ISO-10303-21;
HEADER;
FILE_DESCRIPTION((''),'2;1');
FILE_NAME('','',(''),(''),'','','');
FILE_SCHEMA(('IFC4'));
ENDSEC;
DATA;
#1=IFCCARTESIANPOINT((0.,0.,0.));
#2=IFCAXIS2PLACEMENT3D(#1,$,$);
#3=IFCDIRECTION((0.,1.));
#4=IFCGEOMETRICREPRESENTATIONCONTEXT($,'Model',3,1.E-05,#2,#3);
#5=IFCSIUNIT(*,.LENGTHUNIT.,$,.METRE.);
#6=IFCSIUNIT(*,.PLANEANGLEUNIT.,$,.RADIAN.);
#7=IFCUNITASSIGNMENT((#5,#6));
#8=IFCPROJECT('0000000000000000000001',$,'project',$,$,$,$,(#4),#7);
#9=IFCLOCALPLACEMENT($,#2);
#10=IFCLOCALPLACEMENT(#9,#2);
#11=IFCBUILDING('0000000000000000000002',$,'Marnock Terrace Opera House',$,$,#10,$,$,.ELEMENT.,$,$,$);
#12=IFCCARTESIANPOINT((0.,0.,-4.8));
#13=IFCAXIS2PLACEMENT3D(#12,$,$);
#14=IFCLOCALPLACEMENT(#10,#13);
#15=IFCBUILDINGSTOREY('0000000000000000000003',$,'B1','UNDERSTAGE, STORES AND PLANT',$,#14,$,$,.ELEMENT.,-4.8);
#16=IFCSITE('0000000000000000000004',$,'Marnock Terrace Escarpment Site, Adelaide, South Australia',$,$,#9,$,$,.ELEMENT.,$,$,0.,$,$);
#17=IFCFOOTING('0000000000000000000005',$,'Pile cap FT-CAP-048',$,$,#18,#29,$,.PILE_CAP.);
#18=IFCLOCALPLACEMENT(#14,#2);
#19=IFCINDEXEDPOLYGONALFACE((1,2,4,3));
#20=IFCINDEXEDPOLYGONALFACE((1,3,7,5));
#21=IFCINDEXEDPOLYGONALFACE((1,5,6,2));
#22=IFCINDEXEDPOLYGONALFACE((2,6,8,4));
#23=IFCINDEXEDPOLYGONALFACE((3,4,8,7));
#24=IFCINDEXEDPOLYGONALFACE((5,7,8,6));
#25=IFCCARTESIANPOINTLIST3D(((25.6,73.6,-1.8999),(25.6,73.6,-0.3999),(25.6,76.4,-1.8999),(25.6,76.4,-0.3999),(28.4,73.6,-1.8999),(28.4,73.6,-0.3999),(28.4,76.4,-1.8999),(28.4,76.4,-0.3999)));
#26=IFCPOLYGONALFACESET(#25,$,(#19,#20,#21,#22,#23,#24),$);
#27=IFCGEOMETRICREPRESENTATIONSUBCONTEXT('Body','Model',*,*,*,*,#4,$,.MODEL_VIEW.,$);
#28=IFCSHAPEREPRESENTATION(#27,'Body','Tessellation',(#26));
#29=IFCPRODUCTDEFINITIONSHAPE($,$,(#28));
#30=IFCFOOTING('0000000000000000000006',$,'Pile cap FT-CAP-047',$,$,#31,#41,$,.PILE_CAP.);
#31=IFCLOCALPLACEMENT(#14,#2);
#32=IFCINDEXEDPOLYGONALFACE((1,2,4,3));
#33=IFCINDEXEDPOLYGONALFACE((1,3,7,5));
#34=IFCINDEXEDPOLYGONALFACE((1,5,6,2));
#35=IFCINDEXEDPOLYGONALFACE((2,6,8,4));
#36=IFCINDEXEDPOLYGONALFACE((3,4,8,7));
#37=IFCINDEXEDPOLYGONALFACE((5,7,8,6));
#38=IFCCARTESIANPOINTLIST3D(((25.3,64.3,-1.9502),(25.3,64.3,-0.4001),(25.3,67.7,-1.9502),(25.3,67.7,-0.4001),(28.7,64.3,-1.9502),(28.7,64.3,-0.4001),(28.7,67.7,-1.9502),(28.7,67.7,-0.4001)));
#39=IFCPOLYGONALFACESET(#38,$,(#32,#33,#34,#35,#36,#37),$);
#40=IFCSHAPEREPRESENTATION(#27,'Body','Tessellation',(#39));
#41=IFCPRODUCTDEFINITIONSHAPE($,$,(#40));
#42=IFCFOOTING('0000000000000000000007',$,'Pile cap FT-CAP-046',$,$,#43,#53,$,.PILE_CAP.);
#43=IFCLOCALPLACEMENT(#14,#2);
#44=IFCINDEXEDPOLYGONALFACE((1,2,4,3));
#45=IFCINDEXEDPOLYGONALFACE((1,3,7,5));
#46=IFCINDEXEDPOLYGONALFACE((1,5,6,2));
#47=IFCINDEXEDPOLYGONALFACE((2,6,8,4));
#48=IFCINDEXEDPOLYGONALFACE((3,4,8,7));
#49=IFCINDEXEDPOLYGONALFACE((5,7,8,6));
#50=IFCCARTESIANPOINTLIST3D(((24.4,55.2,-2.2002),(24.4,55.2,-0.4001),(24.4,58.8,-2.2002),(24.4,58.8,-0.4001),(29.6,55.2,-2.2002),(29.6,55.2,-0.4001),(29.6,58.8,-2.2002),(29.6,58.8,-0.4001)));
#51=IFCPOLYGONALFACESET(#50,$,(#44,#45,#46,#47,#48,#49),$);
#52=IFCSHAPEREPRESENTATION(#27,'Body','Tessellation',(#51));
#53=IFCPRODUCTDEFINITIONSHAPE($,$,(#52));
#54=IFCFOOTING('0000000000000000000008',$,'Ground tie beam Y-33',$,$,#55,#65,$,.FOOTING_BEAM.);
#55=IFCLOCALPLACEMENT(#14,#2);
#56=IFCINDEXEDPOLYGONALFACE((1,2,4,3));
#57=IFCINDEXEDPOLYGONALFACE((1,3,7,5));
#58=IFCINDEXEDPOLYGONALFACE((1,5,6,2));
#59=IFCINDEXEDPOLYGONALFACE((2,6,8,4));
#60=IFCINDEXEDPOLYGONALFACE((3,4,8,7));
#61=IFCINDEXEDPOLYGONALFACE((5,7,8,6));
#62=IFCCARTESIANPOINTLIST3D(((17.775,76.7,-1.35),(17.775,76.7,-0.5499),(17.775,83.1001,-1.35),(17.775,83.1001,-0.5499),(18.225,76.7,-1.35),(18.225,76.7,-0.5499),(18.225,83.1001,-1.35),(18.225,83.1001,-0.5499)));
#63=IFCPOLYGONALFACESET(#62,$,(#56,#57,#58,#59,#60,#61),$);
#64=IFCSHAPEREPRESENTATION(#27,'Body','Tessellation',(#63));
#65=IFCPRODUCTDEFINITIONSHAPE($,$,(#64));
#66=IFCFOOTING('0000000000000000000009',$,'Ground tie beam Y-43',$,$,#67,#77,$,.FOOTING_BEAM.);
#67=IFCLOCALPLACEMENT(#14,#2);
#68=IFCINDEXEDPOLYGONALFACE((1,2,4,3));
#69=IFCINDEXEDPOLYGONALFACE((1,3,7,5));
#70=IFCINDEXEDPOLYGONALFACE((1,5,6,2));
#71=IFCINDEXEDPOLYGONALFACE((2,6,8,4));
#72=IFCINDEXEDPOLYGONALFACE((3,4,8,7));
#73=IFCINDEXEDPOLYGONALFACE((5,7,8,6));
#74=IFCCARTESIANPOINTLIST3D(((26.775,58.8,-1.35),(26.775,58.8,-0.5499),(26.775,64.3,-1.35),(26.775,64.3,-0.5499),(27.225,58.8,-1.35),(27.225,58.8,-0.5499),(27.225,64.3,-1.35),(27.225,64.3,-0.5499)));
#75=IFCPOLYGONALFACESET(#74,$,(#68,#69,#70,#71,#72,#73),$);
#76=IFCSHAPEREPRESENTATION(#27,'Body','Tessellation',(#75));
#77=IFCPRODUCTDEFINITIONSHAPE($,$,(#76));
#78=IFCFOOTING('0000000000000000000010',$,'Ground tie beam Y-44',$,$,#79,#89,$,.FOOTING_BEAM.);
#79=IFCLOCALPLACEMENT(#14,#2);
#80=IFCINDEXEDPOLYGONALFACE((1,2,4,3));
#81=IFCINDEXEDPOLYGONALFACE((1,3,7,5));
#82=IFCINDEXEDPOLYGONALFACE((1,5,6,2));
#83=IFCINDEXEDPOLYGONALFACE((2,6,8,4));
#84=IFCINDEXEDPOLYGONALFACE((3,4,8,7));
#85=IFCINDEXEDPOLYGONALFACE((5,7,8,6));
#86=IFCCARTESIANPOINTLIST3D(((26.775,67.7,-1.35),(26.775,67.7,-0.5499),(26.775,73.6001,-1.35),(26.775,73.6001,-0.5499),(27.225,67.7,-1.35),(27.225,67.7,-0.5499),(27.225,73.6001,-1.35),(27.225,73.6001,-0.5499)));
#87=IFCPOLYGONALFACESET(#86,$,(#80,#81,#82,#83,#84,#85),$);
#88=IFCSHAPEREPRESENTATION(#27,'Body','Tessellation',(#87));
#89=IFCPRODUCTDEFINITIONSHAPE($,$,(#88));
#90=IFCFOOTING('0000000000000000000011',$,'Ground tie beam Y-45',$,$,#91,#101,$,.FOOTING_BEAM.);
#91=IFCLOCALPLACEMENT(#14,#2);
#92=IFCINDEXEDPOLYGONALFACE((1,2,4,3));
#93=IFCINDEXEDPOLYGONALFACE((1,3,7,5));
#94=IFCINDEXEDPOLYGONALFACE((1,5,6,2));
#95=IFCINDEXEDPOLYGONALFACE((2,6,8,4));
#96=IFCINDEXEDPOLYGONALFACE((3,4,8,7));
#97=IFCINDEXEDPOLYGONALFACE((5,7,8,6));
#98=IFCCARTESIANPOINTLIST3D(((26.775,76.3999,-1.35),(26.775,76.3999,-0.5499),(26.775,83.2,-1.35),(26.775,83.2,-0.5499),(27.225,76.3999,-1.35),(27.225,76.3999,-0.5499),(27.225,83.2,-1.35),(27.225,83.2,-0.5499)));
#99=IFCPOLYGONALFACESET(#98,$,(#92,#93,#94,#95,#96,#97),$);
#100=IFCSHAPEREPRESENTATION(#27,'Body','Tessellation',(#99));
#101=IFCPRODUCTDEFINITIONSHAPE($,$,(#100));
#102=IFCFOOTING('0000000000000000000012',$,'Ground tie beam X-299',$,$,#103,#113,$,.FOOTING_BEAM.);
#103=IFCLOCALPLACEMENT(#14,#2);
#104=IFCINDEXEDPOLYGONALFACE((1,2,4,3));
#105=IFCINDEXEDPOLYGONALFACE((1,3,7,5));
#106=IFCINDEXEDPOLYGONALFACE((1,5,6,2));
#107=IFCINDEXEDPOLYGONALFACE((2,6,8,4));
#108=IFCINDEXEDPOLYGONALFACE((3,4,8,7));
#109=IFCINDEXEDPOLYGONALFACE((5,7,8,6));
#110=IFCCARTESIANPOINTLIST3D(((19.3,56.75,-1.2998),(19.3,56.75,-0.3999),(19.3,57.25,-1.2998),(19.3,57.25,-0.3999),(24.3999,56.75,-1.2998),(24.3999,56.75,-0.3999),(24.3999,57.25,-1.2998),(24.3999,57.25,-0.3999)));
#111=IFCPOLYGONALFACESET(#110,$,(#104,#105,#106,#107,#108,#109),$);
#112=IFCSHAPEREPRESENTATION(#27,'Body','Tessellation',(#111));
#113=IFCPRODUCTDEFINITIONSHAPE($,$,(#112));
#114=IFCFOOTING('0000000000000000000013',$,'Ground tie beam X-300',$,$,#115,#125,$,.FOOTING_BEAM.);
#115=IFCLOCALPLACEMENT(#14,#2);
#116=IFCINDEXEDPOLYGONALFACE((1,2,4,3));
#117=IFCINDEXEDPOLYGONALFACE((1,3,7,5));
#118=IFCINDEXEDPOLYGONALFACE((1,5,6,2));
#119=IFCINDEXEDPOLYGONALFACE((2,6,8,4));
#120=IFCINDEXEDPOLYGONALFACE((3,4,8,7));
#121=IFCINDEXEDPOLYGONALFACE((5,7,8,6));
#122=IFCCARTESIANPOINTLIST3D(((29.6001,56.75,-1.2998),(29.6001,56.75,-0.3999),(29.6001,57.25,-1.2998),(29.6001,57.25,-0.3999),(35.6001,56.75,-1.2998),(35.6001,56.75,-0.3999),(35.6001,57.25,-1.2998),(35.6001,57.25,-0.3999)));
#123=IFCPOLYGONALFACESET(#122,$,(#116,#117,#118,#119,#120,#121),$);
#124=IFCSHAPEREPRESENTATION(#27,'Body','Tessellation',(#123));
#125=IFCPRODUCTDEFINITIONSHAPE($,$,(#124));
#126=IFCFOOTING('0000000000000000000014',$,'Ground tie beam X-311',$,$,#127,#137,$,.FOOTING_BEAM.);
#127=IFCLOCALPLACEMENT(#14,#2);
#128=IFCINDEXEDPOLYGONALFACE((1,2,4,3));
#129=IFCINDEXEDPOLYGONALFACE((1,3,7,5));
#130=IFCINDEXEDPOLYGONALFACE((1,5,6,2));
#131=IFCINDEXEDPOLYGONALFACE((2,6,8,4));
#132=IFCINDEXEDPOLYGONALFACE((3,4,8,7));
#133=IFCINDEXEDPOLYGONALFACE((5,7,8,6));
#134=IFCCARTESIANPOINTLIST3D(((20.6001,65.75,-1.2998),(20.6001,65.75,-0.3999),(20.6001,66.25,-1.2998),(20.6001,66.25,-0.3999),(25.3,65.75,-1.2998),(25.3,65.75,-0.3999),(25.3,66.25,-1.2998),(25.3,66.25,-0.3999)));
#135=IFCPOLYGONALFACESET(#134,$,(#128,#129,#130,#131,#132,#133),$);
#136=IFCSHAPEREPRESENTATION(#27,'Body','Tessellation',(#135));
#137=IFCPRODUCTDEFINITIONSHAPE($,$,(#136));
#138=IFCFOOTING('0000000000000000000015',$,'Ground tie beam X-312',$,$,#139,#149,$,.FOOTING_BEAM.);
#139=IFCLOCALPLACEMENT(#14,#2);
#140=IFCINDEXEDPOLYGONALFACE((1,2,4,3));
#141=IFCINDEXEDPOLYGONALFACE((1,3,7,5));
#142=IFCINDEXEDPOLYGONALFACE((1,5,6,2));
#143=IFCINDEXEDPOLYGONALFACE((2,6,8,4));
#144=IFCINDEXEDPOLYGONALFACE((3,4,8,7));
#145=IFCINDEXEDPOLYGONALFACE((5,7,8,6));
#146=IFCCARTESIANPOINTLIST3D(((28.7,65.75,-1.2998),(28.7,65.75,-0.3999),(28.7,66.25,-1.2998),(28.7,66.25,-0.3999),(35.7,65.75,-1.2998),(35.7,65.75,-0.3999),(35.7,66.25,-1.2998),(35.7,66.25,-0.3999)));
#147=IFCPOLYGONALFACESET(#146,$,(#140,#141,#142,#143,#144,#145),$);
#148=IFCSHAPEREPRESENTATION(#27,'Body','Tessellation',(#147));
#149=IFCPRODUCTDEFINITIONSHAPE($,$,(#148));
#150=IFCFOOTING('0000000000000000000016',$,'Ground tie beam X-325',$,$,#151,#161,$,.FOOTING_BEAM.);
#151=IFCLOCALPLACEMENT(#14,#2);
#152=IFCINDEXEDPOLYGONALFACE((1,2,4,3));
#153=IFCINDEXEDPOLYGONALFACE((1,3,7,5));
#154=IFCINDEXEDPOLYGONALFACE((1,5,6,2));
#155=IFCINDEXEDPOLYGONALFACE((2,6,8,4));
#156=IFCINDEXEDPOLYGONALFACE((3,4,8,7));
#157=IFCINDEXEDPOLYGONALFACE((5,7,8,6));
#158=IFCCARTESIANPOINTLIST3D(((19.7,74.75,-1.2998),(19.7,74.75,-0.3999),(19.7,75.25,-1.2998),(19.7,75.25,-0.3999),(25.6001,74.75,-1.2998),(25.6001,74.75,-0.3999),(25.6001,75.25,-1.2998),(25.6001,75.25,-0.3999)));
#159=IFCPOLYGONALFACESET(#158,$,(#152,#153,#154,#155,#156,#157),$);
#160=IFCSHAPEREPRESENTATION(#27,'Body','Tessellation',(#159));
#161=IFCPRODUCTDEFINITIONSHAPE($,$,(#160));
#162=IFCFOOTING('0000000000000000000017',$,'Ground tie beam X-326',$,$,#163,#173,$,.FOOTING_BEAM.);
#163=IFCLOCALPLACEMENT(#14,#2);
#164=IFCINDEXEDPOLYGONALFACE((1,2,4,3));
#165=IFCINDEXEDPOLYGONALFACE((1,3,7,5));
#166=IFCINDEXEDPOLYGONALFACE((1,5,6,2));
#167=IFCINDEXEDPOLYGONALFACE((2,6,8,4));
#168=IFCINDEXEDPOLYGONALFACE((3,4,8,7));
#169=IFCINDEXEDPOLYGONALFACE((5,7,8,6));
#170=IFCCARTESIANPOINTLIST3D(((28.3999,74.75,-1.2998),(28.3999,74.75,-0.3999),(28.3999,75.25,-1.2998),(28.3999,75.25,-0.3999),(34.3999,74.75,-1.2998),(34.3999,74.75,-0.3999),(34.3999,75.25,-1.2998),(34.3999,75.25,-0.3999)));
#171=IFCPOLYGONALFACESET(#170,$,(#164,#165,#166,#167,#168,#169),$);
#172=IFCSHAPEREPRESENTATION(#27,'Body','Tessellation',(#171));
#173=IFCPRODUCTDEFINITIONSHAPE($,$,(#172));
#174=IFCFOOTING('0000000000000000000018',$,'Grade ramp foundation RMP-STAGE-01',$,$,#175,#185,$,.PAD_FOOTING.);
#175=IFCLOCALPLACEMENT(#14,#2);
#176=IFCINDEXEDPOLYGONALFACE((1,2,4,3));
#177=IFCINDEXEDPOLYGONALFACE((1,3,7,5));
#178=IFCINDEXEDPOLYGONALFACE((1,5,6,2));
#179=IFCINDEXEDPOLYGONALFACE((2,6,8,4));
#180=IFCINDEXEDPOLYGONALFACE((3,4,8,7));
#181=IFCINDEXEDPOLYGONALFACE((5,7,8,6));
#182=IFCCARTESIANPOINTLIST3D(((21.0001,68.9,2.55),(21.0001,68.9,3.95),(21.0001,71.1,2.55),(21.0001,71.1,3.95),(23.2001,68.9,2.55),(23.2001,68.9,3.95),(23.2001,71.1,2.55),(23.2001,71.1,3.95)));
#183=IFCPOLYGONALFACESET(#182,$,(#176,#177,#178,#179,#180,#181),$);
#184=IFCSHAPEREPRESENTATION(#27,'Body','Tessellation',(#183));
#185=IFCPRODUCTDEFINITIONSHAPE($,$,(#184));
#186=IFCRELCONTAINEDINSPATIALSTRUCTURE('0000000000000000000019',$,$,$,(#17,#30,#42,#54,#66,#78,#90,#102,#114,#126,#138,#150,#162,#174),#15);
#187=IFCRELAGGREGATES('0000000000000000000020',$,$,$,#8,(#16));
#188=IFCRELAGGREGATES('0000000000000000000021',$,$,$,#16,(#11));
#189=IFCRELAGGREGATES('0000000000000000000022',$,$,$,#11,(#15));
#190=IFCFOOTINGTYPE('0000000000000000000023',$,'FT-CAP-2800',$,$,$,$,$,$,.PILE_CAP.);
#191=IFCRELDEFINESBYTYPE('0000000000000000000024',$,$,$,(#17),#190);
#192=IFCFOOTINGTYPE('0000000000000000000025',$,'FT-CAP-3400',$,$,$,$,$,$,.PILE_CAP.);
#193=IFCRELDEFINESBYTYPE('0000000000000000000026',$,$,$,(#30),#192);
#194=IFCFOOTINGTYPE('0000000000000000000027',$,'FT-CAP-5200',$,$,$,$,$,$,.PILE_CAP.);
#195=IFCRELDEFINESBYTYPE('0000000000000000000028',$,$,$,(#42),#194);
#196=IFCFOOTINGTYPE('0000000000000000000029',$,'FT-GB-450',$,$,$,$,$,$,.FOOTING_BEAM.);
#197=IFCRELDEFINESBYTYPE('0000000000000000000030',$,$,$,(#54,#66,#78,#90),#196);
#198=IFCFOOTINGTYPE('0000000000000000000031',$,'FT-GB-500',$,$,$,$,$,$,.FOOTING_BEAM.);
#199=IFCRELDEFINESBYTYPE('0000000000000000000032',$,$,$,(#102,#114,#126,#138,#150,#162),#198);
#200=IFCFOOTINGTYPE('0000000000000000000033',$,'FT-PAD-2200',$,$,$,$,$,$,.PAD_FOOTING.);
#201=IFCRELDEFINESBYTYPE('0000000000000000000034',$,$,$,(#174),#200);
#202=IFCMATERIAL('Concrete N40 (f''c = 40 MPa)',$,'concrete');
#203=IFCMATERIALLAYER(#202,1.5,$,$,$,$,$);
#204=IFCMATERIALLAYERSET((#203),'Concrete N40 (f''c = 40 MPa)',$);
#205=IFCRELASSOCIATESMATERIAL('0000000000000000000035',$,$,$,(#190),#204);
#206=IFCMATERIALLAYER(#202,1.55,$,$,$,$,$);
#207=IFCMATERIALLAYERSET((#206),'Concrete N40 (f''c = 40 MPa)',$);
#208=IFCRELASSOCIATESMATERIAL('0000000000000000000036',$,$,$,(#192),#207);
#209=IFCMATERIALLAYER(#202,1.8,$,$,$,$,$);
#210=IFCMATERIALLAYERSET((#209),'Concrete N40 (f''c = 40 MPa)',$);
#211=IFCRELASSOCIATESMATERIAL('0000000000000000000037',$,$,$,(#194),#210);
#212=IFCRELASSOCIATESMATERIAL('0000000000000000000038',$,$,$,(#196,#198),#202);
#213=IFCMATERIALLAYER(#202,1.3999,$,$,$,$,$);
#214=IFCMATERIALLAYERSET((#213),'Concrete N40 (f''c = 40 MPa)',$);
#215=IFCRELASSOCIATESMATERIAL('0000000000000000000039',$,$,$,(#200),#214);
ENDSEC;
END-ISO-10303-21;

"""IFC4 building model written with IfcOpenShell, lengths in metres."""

from ifc_helpers import new_model, si_unit, direction, frame, origin, origin_2d, place, context, subcontext, project, spatial, rectangle, extrude, material, layer, layer_set, material_profile, profile_set, type_object, element, save


model = new_model("IFC4")

# Units and contexts
model_context = context("Model", 3, precision=1e-05, world=origin(), true_north=direction((0.0, 1.0)))
body_context = subcontext(model_context, "Body", "Model", "MODEL_VIEW")
ifc_project = project(units=[si_unit("LENGTHUNIT", "METRE"), si_unit("PLANEANGLEUNIT", "RADIAN")], contexts=[model_context])

# Site, building, storey
site_placement = place(None, origin())
site = spatial("IfcSite", under=ifc_project, at=site_placement, Name="Marnock Terrace Escarpment Site, Adelaide, South Australia", CompositionType="ELEMENT", RefElevation=0.0)
building_placement = place(site_placement, origin())
building = spatial("IfcBuilding", under=site, at=building_placement, Name="Marnock Terrace Opera House", CompositionType="ELEMENT")
storey_placement = place(building_placement, frame((0.0, 0.0, -4.8)))
storey = spatial("IfcBuildingStorey", under=building, at=storey_placement, Name="B1", Description="UNDERSTAGE, STORES AND PLANT", CompositionType="ELEMENT", Elevation=-4.8)

# Footings
ifc_material_1 = material(Name="Concrete N40 (f'c = 40 MPa)", Category="concrete")
ifc_layer_1 = layer(ifc_material_1, 1.5)
ifc_layer_set_1 = layer_set([ifc_layer_1], Name="Concrete N40 (f'c = 40 MPa)")
footing_type_1 = type_object("IfcFootingType", Name="FT-CAP-2800", PredefinedType="PILE_CAP", material=ifc_layer_set_1)
footing_1_placement = place(storey_placement, frame((27.0, 75.0, -1.8999), z_axis=(0.0, 0.0, 1.0), x_axis=(1.0, 0.0, 0.0)))
element("IfcFooting", 1, at=footing_1_placement, inside=storey, type_object=footing_type_1, Name="Pile cap FT-CAP-048", PredefinedType="PILE_CAP", context=body_context, shape_type="SweptSolid", body=[
    extrude(rectangle(XDim=2.8, YDim=2.8, at=origin_2d()), origin(), (0.0, 0.0, 1.0), 1.5),
])
ifc_layer_2 = layer(ifc_material_1, 1.55)
ifc_layer_set_2 = layer_set([ifc_layer_2], Name="Concrete N40 (f'c = 40 MPa)")
footing_type_2 = type_object("IfcFootingType", Name="FT-CAP-3400", PredefinedType="PILE_CAP", material=ifc_layer_set_2)
footing_2_placement = place(storey_placement, frame((27.0, 66.0, -1.9502), z_axis=(0.0, 0.0, 1.0), x_axis=(1.0, 0.0, 0.0)))
element("IfcFooting", 2, at=footing_2_placement, inside=storey, type_object=footing_type_2, Name="Pile cap FT-CAP-047", PredefinedType="PILE_CAP", context=body_context, shape_type="SweptSolid", body=[
    extrude(rectangle(XDim=3.3999, YDim=3.3999, at=origin_2d()), origin(), (0.0, 0.0, 1.0), 1.55),
])
ifc_layer_3 = layer(ifc_material_1, 1.8)
ifc_layer_set_3 = layer_set([ifc_layer_3], Name="Concrete N40 (f'c = 40 MPa)")
footing_type_3 = type_object("IfcFootingType", Name="FT-CAP-5200", PredefinedType="PILE_CAP", material=ifc_layer_set_3)
footing_3_placement = place(storey_placement, frame((27.0, 57.0, -2.2002), z_axis=(0.0, 0.0, 1.0), x_axis=(1.0, 0.0, 0.0)))
element("IfcFooting", 3, at=footing_3_placement, inside=storey, type_object=footing_type_3, Name="Pile cap FT-CAP-046", PredefinedType="PILE_CAP", context=body_context, shape_type="SweptSolid", body=[
    extrude(rectangle(XDim=5.2, YDim=3.6001, at=origin_2d()), origin(), (0.0, 0.0, 1.0), 1.8),
])
ifc_material_profile_1 = material_profile(ifc_material_1, rectangle(XDim=0.45, YDim=0.8, at=origin_2d()))
ifc_profile_set_1 = profile_set([ifc_material_profile_1], Name="Concrete N40 (f'c = 40 MPa)")
footing_type_4 = type_object("IfcFootingType", Name="FT-GB-450", PredefinedType="FOOTING_BEAM", material=ifc_profile_set_1)
footing_4_placement = place(storey_placement, frame((18.0, 76.7, -0.95), z_axis=(0.0, 1.0, 0.0), x_axis=(-1.0, 0.0, 0.0)))
element("IfcFooting", 4, at=footing_4_placement, inside=storey, type_object=footing_type_4, Name="Ground tie beam Y-33", PredefinedType="FOOTING_BEAM", context=body_context, shape_type="SweptSolid", body=[
    extrude(rectangle(XDim=0.45, YDim=0.8, at=origin_2d()), origin(), (0.0, 0.0, 1.0), 6.4001),
])
footing_5_placement = place(storey_placement, frame((27.0, 58.8, -0.95), z_axis=(0.0, 1.0, 0.0), x_axis=(-1.0, 0.0, 0.0)))
element("IfcFooting", 5, at=footing_5_placement, inside=storey, type_object=footing_type_4, Name="Ground tie beam Y-43", PredefinedType="FOOTING_BEAM", context=body_context, shape_type="SweptSolid", body=[
    extrude(rectangle(XDim=0.45, YDim=0.8, at=origin_2d()), origin(), (0.0, 0.0, 1.0), 5.5),
])
footing_6_placement = place(storey_placement, frame((27.0, 67.7, -0.95), z_axis=(0.0, 1.0, 0.0), x_axis=(-1.0, 0.0, 0.0)))
element("IfcFooting", 6, at=footing_6_placement, inside=storey, type_object=footing_type_4, Name="Ground tie beam Y-44", PredefinedType="FOOTING_BEAM", context=body_context, shape_type="SweptSolid", body=[
    extrude(rectangle(XDim=0.45, YDim=0.8, at=origin_2d()), origin(), (0.0, 0.0, 1.0), 5.9001),
])
footing_7_placement = place(storey_placement, frame((27.0, 76.3999, -0.95), z_axis=(0.0, 1.0, 0.0), x_axis=(-1.0, 0.0, 0.0)))
element("IfcFooting", 7, at=footing_7_placement, inside=storey, type_object=footing_type_4, Name="Ground tie beam Y-45", PredefinedType="FOOTING_BEAM", context=body_context, shape_type="SweptSolid", body=[
    extrude(rectangle(XDim=0.45, YDim=0.8, at=origin_2d()), origin(), (0.0, 0.0, 1.0), 6.8),
])
ifc_material_profile_2 = material_profile(ifc_material_1, rectangle(XDim=0.5, YDim=0.8999, at=origin_2d()))
ifc_profile_set_2 = profile_set([ifc_material_profile_2], Name="Concrete N40 (f'c = 40 MPa)")
footing_type_5 = type_object("IfcFootingType", Name="FT-GB-500", PredefinedType="FOOTING_BEAM", material=ifc_profile_set_2)
footing_8_placement = place(storey_placement, frame((19.3, 57.0, -0.8499), z_axis=(1.0, 0.0, 0.0), x_axis=(0.0, 1.0, 0.0)))
element("IfcFooting", 8, at=footing_8_placement, inside=storey, type_object=footing_type_5, Name="Ground tie beam X-299", PredefinedType="FOOTING_BEAM", context=body_context, shape_type="SweptSolid", body=[
    extrude(rectangle(XDim=0.5, YDim=0.8999, at=origin_2d()), origin(), (0.0, 0.0, 1.0), 5.0999),
])
footing_9_placement = place(storey_placement, frame((29.6001, 57.0, -0.8499), z_axis=(1.0, 0.0, 0.0), x_axis=(0.0, 1.0, 0.0)))
element("IfcFooting", 9, at=footing_9_placement, inside=storey, type_object=footing_type_5, Name="Ground tie beam X-300", PredefinedType="FOOTING_BEAM", context=body_context, shape_type="SweptSolid", body=[
    extrude(rectangle(XDim=0.5, YDim=0.8999, at=origin_2d()), origin(), (0.0, 0.0, 1.0), 6.0),
])
footing_10_placement = place(storey_placement, frame((20.6001, 66.0, -0.8499), z_axis=(1.0, 0.0, 0.0), x_axis=(0.0, 1.0, 0.0)))
element("IfcFooting", 10, at=footing_10_placement, inside=storey, type_object=footing_type_5, Name="Ground tie beam X-311", PredefinedType="FOOTING_BEAM", context=body_context, shape_type="SweptSolid", body=[
    extrude(rectangle(XDim=0.5, YDim=0.8999, at=origin_2d()), origin(), (0.0, 0.0, 1.0), 4.7),
])
footing_11_placement = place(storey_placement, frame((28.7, 66.0, -0.8499), z_axis=(1.0, 0.0, 0.0), x_axis=(0.0, 1.0, 0.0)))
element("IfcFooting", 11, at=footing_11_placement, inside=storey, type_object=footing_type_5, Name="Ground tie beam X-312", PredefinedType="FOOTING_BEAM", context=body_context, shape_type="SweptSolid", body=[
    extrude(rectangle(XDim=0.5, YDim=0.8999, at=origin_2d()), origin(), (0.0, 0.0, 1.0), 7.0),
])
footing_12_placement = place(storey_placement, frame((19.7, 75.0, -0.8499), z_axis=(1.0, 0.0, 0.0), x_axis=(0.0, 1.0, 0.0)))
element("IfcFooting", 12, at=footing_12_placement, inside=storey, type_object=footing_type_5, Name="Ground tie beam X-325", PredefinedType="FOOTING_BEAM", context=body_context, shape_type="SweptSolid", body=[
    extrude(rectangle(XDim=0.5, YDim=0.8999, at=origin_2d()), origin(), (0.0, 0.0, 1.0), 5.9001),
])
footing_13_placement = place(storey_placement, frame((28.3999, 75.0, -0.8499), z_axis=(1.0, 0.0, 0.0), x_axis=(0.0, 1.0, 0.0)))
element("IfcFooting", 13, at=footing_13_placement, inside=storey, type_object=footing_type_5, Name="Ground tie beam X-326", PredefinedType="FOOTING_BEAM", context=body_context, shape_type="SweptSolid", body=[
    extrude(rectangle(XDim=0.5, YDim=0.8999, at=origin_2d()), origin(), (0.0, 0.0, 1.0), 6.0),
])
ifc_layer_4 = layer(ifc_material_1, 1.3999)
ifc_layer_set_4 = layer_set([ifc_layer_4], Name="Concrete N40 (f'c = 40 MPa)")
footing_type_6 = type_object("IfcFootingType", Name="FT-PAD-2200", PredefinedType="PAD_FOOTING", material=ifc_layer_set_4)
footing_14_placement = place(storey_placement, frame((22.1001, 70.0, 2.55), z_axis=(0.0, 0.0, 1.0), x_axis=(1.0, 0.0, 0.0)))
element("IfcFooting", 14, at=footing_14_placement, inside=storey, type_object=footing_type_6, Name="Grade ramp foundation RMP-STAGE-01", PredefinedType="PAD_FOOTING", context=body_context, shape_type="SweptSolid", body=[
    extrude(rectangle(XDim=2.2, YDim=2.2, at=origin_2d()), origin(), (0.0, 0.0, 1.0), 1.3999),
])

save(model, "model.ifc")
